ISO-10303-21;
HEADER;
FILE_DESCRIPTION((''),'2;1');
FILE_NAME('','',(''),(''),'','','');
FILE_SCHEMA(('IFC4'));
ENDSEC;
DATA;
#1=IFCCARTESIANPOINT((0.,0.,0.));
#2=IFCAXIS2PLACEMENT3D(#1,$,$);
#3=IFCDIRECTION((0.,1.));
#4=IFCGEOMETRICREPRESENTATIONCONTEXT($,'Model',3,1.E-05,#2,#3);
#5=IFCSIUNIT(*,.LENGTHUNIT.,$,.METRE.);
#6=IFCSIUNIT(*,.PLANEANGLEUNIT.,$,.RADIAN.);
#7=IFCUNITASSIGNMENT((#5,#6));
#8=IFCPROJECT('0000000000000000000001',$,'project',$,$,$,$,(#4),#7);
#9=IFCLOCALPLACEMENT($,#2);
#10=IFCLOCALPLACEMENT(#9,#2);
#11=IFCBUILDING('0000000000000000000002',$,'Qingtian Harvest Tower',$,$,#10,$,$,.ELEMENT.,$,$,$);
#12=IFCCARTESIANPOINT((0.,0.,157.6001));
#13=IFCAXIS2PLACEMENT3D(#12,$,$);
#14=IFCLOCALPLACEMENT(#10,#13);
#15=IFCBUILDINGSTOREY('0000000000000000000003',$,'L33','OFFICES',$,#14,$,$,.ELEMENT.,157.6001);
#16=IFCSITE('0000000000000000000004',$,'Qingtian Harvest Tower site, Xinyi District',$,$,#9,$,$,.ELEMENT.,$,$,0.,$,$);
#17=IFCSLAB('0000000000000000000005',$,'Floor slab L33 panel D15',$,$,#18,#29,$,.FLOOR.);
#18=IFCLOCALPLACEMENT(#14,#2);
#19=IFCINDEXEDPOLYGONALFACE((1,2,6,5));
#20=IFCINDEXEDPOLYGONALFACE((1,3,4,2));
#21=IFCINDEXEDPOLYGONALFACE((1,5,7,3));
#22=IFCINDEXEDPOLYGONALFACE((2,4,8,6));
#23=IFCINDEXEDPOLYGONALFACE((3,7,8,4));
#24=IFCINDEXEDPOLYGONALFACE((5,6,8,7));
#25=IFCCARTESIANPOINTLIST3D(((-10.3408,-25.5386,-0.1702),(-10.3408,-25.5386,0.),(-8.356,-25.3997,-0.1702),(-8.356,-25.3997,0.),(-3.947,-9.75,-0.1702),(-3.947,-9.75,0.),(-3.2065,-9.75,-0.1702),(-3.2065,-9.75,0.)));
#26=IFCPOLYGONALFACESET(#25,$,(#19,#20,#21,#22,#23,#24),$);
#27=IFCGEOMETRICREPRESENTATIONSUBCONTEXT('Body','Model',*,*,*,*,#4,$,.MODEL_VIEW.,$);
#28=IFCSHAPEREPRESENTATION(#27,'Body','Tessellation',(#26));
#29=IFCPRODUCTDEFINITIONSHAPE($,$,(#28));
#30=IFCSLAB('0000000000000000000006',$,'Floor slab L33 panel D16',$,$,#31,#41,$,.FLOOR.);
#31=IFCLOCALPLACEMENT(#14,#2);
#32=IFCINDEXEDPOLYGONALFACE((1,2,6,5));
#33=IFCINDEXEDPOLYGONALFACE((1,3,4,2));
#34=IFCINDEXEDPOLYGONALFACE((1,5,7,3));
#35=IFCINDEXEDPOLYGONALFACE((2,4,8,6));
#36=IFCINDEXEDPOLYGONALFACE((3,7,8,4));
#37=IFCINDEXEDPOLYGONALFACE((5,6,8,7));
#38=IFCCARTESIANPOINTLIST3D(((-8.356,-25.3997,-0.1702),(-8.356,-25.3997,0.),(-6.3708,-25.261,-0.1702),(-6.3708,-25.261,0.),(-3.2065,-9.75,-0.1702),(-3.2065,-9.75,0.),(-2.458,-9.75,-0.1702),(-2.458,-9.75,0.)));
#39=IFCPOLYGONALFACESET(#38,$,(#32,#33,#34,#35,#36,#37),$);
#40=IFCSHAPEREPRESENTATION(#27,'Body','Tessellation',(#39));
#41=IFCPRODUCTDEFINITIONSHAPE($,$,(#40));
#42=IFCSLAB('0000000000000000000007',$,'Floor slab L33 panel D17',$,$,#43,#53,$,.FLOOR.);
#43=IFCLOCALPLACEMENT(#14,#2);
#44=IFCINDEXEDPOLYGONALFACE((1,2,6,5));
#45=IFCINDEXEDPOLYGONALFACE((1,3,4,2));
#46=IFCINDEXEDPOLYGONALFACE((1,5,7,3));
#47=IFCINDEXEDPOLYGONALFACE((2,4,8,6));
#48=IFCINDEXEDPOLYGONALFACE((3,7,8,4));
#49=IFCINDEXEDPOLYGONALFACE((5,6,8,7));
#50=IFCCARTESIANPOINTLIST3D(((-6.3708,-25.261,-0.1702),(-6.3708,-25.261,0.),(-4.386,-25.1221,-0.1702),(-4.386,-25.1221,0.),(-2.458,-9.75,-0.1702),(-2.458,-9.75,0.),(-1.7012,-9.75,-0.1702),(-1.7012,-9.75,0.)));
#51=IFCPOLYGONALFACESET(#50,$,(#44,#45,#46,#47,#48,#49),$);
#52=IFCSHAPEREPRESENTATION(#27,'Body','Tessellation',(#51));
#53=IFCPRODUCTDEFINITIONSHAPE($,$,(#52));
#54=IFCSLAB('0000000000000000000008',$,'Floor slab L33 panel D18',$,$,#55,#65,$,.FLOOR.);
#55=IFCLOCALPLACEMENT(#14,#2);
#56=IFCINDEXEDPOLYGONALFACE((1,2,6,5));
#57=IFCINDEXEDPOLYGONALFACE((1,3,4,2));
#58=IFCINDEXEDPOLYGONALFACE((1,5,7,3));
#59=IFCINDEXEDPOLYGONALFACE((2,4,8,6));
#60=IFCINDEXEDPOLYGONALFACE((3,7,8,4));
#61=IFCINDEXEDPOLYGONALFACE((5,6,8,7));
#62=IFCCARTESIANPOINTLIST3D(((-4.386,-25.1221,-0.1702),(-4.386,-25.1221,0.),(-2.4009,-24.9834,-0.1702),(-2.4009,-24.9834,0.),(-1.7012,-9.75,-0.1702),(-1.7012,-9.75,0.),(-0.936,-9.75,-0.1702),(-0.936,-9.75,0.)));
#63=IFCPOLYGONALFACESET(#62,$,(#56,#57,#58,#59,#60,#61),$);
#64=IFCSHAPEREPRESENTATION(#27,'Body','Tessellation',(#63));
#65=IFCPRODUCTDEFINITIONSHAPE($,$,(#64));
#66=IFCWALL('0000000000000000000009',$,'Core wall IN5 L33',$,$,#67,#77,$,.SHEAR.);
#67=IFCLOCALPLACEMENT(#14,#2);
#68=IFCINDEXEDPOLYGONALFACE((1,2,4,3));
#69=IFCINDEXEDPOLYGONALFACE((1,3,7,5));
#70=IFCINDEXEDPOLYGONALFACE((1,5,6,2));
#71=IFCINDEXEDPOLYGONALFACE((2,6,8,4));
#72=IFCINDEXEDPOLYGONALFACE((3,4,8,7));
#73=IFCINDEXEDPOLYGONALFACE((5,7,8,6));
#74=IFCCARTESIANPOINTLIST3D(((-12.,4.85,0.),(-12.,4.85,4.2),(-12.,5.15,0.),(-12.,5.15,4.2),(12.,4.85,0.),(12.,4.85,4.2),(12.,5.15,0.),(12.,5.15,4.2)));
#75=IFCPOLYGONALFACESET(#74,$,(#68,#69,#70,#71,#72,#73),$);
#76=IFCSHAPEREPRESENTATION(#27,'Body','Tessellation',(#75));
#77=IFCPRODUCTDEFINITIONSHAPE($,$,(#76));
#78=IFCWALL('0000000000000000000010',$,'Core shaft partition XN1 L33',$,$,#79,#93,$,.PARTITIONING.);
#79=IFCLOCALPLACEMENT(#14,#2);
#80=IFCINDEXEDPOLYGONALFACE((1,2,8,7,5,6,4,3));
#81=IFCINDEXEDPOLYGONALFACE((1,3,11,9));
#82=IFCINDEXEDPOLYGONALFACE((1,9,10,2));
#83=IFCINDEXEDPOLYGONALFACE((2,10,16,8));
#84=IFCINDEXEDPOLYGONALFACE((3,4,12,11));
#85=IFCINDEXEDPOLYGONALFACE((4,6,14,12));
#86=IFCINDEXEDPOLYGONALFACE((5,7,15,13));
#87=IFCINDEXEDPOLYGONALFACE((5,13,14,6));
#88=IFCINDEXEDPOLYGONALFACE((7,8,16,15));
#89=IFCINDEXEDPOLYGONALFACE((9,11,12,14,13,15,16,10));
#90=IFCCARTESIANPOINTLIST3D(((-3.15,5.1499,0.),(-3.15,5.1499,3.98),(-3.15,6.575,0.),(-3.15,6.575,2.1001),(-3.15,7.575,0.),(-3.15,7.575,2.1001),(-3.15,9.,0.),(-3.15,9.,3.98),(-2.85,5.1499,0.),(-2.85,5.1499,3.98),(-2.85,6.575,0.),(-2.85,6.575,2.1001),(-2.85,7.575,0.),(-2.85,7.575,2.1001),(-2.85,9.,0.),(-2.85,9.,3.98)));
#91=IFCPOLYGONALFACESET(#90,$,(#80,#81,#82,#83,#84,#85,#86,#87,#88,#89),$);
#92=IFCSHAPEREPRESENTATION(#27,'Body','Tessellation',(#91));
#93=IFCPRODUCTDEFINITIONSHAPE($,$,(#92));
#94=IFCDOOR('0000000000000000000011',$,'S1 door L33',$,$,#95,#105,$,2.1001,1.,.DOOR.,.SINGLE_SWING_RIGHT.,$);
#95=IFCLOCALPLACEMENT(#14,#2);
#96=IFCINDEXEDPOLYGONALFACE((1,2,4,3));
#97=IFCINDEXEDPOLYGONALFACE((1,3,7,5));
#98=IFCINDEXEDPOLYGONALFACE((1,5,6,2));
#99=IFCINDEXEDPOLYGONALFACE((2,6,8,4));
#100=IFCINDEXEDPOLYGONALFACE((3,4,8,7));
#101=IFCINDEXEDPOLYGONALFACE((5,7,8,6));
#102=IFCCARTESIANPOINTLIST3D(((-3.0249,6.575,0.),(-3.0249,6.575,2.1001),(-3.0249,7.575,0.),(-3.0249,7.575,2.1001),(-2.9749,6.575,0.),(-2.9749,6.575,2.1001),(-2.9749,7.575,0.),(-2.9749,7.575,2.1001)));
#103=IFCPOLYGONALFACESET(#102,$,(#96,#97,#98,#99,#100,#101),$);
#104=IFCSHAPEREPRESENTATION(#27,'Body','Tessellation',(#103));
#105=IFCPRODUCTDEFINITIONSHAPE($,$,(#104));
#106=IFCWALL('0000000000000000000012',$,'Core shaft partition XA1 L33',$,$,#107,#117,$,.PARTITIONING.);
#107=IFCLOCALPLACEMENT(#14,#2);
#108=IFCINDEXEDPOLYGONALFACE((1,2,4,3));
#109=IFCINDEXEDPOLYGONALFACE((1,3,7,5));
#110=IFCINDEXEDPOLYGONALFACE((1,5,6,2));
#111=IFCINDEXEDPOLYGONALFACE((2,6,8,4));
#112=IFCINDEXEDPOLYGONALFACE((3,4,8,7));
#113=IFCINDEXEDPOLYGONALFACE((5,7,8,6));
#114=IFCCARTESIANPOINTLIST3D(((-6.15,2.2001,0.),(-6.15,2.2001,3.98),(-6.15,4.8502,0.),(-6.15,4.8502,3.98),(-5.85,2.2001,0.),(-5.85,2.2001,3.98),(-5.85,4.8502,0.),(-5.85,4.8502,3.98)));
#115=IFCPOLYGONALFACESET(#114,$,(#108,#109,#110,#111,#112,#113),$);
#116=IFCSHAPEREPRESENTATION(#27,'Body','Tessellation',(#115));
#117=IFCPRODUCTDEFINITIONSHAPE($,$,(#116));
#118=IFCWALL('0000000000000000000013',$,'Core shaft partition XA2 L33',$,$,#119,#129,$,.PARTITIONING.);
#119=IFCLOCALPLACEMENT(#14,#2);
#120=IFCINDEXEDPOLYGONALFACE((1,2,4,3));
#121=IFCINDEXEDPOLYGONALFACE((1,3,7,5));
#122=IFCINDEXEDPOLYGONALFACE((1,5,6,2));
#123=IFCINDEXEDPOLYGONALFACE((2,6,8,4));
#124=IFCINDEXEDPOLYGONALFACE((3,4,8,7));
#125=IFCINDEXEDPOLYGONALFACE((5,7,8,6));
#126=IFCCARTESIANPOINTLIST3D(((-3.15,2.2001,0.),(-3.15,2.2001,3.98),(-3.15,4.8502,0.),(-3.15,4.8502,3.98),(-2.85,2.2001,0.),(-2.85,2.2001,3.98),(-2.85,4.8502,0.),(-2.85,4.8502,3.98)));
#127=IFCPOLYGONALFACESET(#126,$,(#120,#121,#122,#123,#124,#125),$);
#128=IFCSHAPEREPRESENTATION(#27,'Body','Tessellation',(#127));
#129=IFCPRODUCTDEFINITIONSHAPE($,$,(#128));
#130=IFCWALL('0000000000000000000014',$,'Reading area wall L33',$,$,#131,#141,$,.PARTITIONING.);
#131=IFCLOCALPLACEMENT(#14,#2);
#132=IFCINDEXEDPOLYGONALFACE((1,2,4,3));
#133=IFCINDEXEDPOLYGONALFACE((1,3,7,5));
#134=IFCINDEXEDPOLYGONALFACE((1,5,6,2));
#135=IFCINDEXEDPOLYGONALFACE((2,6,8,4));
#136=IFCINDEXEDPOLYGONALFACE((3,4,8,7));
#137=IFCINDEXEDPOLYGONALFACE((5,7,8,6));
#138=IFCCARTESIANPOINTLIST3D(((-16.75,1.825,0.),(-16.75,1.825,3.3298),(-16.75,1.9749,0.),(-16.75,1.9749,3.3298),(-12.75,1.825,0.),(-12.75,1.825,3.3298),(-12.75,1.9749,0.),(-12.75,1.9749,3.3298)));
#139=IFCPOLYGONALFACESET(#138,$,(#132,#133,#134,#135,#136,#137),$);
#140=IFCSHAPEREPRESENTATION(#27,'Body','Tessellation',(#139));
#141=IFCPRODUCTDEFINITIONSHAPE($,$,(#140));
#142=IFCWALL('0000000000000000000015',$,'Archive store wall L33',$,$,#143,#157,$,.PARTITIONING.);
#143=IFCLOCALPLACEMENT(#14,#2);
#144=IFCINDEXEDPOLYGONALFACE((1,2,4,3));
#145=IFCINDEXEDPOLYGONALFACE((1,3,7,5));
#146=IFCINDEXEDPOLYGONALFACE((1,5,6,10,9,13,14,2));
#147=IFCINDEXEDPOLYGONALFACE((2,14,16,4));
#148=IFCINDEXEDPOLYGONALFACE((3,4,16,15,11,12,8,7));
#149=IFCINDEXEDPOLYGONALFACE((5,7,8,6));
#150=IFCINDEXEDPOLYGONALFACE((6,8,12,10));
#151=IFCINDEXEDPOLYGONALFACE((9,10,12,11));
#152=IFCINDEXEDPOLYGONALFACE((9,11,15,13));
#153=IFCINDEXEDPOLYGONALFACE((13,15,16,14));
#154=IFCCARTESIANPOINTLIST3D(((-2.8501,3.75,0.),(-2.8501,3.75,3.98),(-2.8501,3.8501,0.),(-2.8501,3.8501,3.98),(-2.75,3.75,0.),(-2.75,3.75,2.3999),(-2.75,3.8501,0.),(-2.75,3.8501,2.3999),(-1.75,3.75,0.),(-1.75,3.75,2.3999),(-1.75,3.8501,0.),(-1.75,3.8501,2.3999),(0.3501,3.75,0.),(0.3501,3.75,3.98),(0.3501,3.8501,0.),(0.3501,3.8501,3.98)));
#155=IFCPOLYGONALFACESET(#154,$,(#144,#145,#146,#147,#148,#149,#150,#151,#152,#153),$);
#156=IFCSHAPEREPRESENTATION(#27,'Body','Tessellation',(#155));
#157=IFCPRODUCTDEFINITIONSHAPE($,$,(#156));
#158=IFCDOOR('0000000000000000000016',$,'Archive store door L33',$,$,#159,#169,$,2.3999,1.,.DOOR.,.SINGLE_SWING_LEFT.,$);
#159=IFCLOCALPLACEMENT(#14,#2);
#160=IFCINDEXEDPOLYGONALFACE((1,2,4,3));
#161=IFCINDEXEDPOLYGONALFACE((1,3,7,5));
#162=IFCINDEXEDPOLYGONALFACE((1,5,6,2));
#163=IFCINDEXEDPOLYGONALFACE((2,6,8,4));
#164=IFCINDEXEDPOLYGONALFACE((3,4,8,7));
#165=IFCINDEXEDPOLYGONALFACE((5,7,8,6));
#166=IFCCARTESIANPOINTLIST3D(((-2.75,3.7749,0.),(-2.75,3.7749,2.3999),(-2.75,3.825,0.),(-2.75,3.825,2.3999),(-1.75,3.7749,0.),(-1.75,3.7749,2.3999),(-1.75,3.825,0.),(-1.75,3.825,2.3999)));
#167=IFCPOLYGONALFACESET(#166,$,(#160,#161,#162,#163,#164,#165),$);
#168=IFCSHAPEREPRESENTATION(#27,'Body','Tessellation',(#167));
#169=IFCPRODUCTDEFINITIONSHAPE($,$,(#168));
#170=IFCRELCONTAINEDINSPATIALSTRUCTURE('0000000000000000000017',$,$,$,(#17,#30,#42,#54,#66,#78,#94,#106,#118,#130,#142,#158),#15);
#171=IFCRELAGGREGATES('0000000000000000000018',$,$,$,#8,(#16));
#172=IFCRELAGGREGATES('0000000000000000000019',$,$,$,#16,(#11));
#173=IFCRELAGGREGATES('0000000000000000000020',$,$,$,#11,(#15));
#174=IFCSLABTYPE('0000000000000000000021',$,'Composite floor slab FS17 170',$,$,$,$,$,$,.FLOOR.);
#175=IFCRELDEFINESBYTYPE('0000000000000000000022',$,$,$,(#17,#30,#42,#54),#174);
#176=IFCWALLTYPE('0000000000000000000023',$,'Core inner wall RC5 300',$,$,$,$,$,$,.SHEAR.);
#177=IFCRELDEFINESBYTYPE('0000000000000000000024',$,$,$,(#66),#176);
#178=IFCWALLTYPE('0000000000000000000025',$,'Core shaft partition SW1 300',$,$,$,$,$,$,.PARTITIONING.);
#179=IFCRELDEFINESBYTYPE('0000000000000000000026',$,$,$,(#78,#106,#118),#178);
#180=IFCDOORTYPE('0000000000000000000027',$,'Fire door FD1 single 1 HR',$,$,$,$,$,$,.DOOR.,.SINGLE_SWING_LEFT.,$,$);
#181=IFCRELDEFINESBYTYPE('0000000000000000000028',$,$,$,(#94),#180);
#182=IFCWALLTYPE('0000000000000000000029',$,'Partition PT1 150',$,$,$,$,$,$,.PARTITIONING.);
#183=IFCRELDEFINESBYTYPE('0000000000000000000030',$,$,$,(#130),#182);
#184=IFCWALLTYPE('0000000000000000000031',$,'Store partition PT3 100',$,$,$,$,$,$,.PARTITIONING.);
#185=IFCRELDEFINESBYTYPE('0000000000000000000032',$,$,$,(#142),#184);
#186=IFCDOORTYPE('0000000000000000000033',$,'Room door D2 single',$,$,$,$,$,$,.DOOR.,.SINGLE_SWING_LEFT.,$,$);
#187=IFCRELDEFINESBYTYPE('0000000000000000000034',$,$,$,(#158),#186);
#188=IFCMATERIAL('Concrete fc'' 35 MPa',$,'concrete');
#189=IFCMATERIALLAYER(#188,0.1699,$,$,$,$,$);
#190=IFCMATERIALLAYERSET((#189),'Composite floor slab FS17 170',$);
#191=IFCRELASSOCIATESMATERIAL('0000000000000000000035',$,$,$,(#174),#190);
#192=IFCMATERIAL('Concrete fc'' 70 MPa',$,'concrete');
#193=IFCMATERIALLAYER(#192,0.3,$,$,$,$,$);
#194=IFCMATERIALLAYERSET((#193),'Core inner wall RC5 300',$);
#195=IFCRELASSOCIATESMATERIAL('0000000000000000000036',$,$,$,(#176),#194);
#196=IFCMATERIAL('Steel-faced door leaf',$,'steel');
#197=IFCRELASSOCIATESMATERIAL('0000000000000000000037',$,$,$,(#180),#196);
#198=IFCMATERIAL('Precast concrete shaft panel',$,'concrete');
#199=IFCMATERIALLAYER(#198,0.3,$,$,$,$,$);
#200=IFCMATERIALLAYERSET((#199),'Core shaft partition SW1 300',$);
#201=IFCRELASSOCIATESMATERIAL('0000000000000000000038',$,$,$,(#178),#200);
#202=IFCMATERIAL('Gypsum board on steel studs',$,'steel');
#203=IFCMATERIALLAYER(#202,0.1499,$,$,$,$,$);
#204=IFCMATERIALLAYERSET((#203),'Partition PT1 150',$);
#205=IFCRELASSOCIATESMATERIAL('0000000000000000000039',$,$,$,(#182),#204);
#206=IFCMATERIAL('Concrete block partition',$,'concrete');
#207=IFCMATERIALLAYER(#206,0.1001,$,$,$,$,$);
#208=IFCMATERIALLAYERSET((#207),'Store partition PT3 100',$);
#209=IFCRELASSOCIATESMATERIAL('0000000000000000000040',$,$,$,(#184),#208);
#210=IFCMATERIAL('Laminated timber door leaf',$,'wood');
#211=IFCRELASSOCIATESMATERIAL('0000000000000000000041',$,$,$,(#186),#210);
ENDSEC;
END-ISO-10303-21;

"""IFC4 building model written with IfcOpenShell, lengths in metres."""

from ifc_helpers import new_model, si_unit, direction, frame, frame_2d, origin, place, context, subcontext, project, spatial, polyline, rectangle, outline, extrude, material, layer, layer_set, type_object, element, fill, save


model = new_model("IFC4")

# Units and contexts
model_context = context("Model", 3, precision=1e-05, world=origin(), true_north=direction((0.0, 1.0)))
body_context = subcontext(model_context, "Body", "Model", "MODEL_VIEW")
ifc_project = project(units=[si_unit("LENGTHUNIT", "METRE"), si_unit("PLANEANGLEUNIT", "RADIAN")], contexts=[model_context])

# Site, building, storey
site_placement = place(None, origin())
site = spatial("IfcSite", under=ifc_project, at=site_placement, Name="Qingtian Harvest Tower site, Xinyi District", CompositionType="ELEMENT", RefElevation=0.0)
building_placement = place(site_placement, origin())
building = spatial("IfcBuilding", under=site, at=building_placement, Name="Qingtian Harvest Tower", CompositionType="ELEMENT")
storey_placement = place(building_placement, frame((0.0, 0.0, 157.6001)))
storey = spatial("IfcBuildingStorey", under=building, at=storey_placement, Name="L33", Description="OFFICES", CompositionType="ELEMENT", Elevation=157.6001)

# Slabs
ifc_material_1 = material(Name="Concrete fc' 35 MPa", Category="concrete")
ifc_layer_1 = layer(ifc_material_1, 0.1699)
ifc_layer_set_1 = layer_set([ifc_layer_1], Name="Composite floor slab FS17 170")
slab_type = type_object("IfcSlabType", Name="Composite floor slab FS17 170", PredefinedType="FLOOR", material=ifc_layer_set_1)
slab_1_placement = place(storey_placement, frame((0.0, 0.0, -0.1702)))
element("IfcSlab", 1, at=slab_1_placement, inside=storey, type_object=slab_type, Name="Floor slab L33 panel D15", PredefinedType="FLOOR", context=body_context, shape_type="SweptSolid", body=[
    extrude(outline(polyline([(-3.2065, -9.75), (-8.356, -25.3997), (-10.3408, -25.5386), (-3.947, -9.75), (-3.2065, -9.75)])), origin(), (0.0, 0.0, 1.0), 0.1702),
])
slab_2_placement = place(storey_placement, frame((0.0, 0.0, -0.1702)))
element("IfcSlab", 2, at=slab_2_placement, inside=storey, type_object=slab_type, Name="Floor slab L33 panel D16", PredefinedType="FLOOR", context=body_context, shape_type="SweptSolid", body=[
    extrude(outline(polyline([(-2.458, -9.75), (-6.3708, -25.261), (-8.356, -25.3997), (-3.2065, -9.75), (-2.458, -9.75)])), origin(), (0.0, 0.0, 1.0), 0.1702),
])
slab_3_placement = place(storey_placement, frame((0.0, 0.0, -0.1702)))
element("IfcSlab", 3, at=slab_3_placement, inside=storey, type_object=slab_type, Name="Floor slab L33 panel D17", PredefinedType="FLOOR", context=body_context, shape_type="SweptSolid", body=[
    extrude(outline(polyline([(-1.7012, -9.75), (-4.386, -25.1221), (-6.3708, -25.261), (-2.458, -9.75), (-1.7012, -9.75)])), origin(), (0.0, 0.0, 1.0), 0.1702),
])
slab_4_placement = place(storey_placement, frame((0.0, 0.0, -0.1702)))
element("IfcSlab", 4, at=slab_4_placement, inside=storey, type_object=slab_type, Name="Floor slab L33 panel D18", PredefinedType="FLOOR", context=body_context, shape_type="SweptSolid", body=[
    extrude(outline(polyline([(-0.936, -9.75), (-2.4009, -24.9834), (-4.386, -25.1221), (-1.7012, -9.75), (-0.936, -9.75)])), origin(), (0.0, 0.0, 1.0), 0.1702),
])

# Wall
ifc_material_2 = material(Name="Concrete fc' 70 MPa", Category="concrete")
ifc_layer_2 = layer(ifc_material_2, 0.3)
ifc_layer_set_2 = layer_set([ifc_layer_2], Name="Core inner wall RC5 300")
wall_type_1 = type_object("IfcWallType", Name="Core inner wall RC5 300", PredefinedType="SHEAR", material=ifc_layer_set_2)
wall_1_placement = place(storey_placement, frame((-12.0, 5.0, 0.0), z_axis=(0.0, 0.0, 1.0), x_axis=(1.0, 0.0, 0.0)))
element("IfcWall", 5, at=wall_1_placement, inside=storey, type_object=wall_type_1, Name="Core wall IN5 L33", PredefinedType="SHEAR", context=body_context, shape_type="SweptSolid", body=[
    extrude(rectangle(XDim=24.0, YDim=0.3, at=frame_2d((12.0, 0.0))), origin(), (0.0, 0.0, 1.0), 4.2),
])

# Shared definitions
ifc_material_3 = material(Name="Steel-faced door leaf", Category="steel")
door_type_1 = type_object("IfcDoorType", Name="Fire door FD1 single 1 HR", OperationType="SINGLE_SWING_LEFT", PredefinedType="DOOR", material=ifc_material_3)

# Wall, opening, door
ifc_material_4 = material(Name="Precast concrete shaft panel", Category="concrete")
ifc_layer_3 = layer(ifc_material_4, 0.3)
ifc_layer_set_3 = layer_set([ifc_layer_3], Name="Core shaft partition SW1 300")
wall_type_2 = type_object("IfcWallType", Name="Core shaft partition SW1 300", PredefinedType="PARTITIONING", material=ifc_layer_set_3)
wall_2_placement = place(storey_placement, frame((-3.0, 5.1499, 0.0), z_axis=(0.0, 0.0, 1.0), x_axis=(0.0, 1.0, 0.0)))
wall_2 = element("IfcWall", 6, at=wall_2_placement, inside=storey, type_object=wall_type_2, Name="Core shaft partition XN1 L33", PredefinedType="PARTITIONING", context=body_context, shape_type="SweptSolid", body=[
    extrude(rectangle(XDim=3.8501, YDim=0.3, at=frame_2d((1.925, 0.0))), origin(), (0.0, 0.0, 1.0), 3.98),
])
opening_1_placement = place(wall_2_placement, frame((1.425, 0.0, 0.0)))
opening_1 = element("IfcOpeningElement", 7, at=opening_1_placement, cuts=wall_2, PredefinedType="OPENING", context=body_context, shape_type="SweptSolid", body=[
    extrude(rectangle(XDim=1.0, YDim=2.1001, at=frame_2d((0.5, 1.05))), frame((0.0, 0.1599, 0.0), z_axis=(0.0, -1.0, 0.0), x_axis=(1.0, 0.0, 0.0)), (0.0, 0.0, 1.0), 0.3201),
])
door_1_placement = place(opening_1_placement, origin())
door_1 = element("IfcDoor", 8, at=door_1_placement, inside=storey, type_object=door_type_1, Name="S1 door L33", OperationType="SINGLE_SWING_RIGHT", OverallHeight=2.1001, OverallWidth=1.0, PredefinedType="DOOR", context=body_context, shape_type="SweptSolid", body=[
    extrude(rectangle(XDim=1.0, YDim=2.1001, at=frame_2d((0.5, 1.05))), frame((0.0, 0.0249, 0.0), z_axis=(0.0, -1.0, 0.0), x_axis=(1.0, 0.0, 0.0)), (0.0, 0.0, 1.0), 0.05),
])
fill(opening_1, door_1)

# Walls
for number, where, z_axis, x_axis, name in (
    (9, (-6.0, 2.2, 0.0), (0.0, 0.0, 1.0), (0.0, 1.0, 0.0), "Core shaft partition XA1 L33"),
    (10, (-3.0, 2.2, 0.0), (0.0, 0.0, 1.0), (0.0, 1.0, 0.0), "Core shaft partition XA2 L33"),
):
    element("IfcWall", number, at=place(storey_placement, frame(where, z_axis=z_axis, x_axis=x_axis)), inside=storey, type_object=wall_type_2, Name=name, PredefinedType="PARTITIONING", context=body_context, shape_type="SweptSolid", body=[
        extrude(rectangle(XDim=2.6501, YDim=0.3, at=frame_2d((1.3252, 0.0))), origin(), (0.0, 0.0, 1.0), 3.98),
    ])
ifc_material_5 = material(Name="Gypsum board on steel studs", Category="steel")
ifc_layer_4 = layer(ifc_material_5, 0.1499)
ifc_layer_set_4 = layer_set([ifc_layer_4], Name="Partition PT1 150")
wall_type_3 = type_object("IfcWallType", Name="Partition PT1 150", PredefinedType="PARTITIONING", material=ifc_layer_set_4)
wall_3_placement = place(storey_placement, frame((-12.75, 1.8999, 0.0), z_axis=(0.0, 0.0, 1.0), x_axis=(-1.0, 0.0, 0.0)))
element("IfcWall", 11, at=wall_3_placement, inside=storey, type_object=wall_type_3, Name="Reading area wall L33", PredefinedType="PARTITIONING", context=body_context, shape_type="SweptSolid", body=[
    extrude(rectangle(XDim=4.0, YDim=0.1499, at=frame_2d((2.0, 0.0))), origin(), (0.0, 0.0, 1.0), 3.3298),
])

# Wall, opening, door
ifc_material_6 = material(Name="Concrete block partition", Category="concrete")
ifc_layer_5 = layer(ifc_material_6, 0.1001)
ifc_layer_set_5 = layer_set([ifc_layer_5], Name="Store partition PT3 100")
wall_type_4 = type_object("IfcWallType", Name="Store partition PT3 100", PredefinedType="PARTITIONING", material=ifc_layer_set_5)
wall_4_placement = place(storey_placement, frame((-2.8501, 3.8, 0.0), z_axis=(0.0, 0.0, 1.0), x_axis=(1.0, 0.0, 0.0)))
wall_4 = element("IfcWall", 12, at=wall_4_placement, inside=storey, type_object=wall_type_4, Name="Archive store wall L33", PredefinedType="PARTITIONING", context=body_context, shape_type="SweptSolid", body=[
    extrude(rectangle(XDim=3.2002, YDim=0.1001, at=frame_2d((1.6001, 0.0))), origin(), (0.0, 0.0, 1.0), 3.98),
])
opening_2_placement = place(wall_4_placement, frame((0.1001, 0.0, 0.0)))
opening_2 = element("IfcOpeningElement", 13, at=opening_2_placement, cuts=wall_4, PredefinedType="OPENING", context=body_context, shape_type="SweptSolid", body=[
    extrude(rectangle(XDim=1.0, YDim=2.3999, at=frame_2d((0.5, 1.2))), frame((0.0, 0.0601, 0.0), z_axis=(0.0, -1.0, 0.0), x_axis=(1.0, 0.0, 0.0)), (0.0, 0.0, 1.0), 0.1201),
])
ifc_material_7 = material(Name="Laminated timber door leaf", Category="wood")
door_type_2 = type_object("IfcDoorType", Name="Room door D2 single", OperationType="SINGLE_SWING_LEFT", PredefinedType="DOOR", material=ifc_material_7)
door_2_placement = place(opening_2_placement, origin())
door_2 = element("IfcDoor", 14, at=door_2_placement, inside=storey, type_object=door_type_2, Name="Archive store door L33", OperationType="SINGLE_SWING_LEFT", OverallHeight=2.3999, OverallWidth=1.0, PredefinedType="DOOR", context=body_context, shape_type="SweptSolid", body=[
    extrude(rectangle(XDim=1.0, YDim=2.3999, at=frame_2d((0.5, 1.2))), frame((0.0, 0.0249, 0.0), z_axis=(0.0, -1.0, 0.0), x_axis=(1.0, 0.0, 0.0)), (0.0, 0.0, 1.0), 0.05),
])
fill(opening_2, door_2)

save(model, "model.ifc")
